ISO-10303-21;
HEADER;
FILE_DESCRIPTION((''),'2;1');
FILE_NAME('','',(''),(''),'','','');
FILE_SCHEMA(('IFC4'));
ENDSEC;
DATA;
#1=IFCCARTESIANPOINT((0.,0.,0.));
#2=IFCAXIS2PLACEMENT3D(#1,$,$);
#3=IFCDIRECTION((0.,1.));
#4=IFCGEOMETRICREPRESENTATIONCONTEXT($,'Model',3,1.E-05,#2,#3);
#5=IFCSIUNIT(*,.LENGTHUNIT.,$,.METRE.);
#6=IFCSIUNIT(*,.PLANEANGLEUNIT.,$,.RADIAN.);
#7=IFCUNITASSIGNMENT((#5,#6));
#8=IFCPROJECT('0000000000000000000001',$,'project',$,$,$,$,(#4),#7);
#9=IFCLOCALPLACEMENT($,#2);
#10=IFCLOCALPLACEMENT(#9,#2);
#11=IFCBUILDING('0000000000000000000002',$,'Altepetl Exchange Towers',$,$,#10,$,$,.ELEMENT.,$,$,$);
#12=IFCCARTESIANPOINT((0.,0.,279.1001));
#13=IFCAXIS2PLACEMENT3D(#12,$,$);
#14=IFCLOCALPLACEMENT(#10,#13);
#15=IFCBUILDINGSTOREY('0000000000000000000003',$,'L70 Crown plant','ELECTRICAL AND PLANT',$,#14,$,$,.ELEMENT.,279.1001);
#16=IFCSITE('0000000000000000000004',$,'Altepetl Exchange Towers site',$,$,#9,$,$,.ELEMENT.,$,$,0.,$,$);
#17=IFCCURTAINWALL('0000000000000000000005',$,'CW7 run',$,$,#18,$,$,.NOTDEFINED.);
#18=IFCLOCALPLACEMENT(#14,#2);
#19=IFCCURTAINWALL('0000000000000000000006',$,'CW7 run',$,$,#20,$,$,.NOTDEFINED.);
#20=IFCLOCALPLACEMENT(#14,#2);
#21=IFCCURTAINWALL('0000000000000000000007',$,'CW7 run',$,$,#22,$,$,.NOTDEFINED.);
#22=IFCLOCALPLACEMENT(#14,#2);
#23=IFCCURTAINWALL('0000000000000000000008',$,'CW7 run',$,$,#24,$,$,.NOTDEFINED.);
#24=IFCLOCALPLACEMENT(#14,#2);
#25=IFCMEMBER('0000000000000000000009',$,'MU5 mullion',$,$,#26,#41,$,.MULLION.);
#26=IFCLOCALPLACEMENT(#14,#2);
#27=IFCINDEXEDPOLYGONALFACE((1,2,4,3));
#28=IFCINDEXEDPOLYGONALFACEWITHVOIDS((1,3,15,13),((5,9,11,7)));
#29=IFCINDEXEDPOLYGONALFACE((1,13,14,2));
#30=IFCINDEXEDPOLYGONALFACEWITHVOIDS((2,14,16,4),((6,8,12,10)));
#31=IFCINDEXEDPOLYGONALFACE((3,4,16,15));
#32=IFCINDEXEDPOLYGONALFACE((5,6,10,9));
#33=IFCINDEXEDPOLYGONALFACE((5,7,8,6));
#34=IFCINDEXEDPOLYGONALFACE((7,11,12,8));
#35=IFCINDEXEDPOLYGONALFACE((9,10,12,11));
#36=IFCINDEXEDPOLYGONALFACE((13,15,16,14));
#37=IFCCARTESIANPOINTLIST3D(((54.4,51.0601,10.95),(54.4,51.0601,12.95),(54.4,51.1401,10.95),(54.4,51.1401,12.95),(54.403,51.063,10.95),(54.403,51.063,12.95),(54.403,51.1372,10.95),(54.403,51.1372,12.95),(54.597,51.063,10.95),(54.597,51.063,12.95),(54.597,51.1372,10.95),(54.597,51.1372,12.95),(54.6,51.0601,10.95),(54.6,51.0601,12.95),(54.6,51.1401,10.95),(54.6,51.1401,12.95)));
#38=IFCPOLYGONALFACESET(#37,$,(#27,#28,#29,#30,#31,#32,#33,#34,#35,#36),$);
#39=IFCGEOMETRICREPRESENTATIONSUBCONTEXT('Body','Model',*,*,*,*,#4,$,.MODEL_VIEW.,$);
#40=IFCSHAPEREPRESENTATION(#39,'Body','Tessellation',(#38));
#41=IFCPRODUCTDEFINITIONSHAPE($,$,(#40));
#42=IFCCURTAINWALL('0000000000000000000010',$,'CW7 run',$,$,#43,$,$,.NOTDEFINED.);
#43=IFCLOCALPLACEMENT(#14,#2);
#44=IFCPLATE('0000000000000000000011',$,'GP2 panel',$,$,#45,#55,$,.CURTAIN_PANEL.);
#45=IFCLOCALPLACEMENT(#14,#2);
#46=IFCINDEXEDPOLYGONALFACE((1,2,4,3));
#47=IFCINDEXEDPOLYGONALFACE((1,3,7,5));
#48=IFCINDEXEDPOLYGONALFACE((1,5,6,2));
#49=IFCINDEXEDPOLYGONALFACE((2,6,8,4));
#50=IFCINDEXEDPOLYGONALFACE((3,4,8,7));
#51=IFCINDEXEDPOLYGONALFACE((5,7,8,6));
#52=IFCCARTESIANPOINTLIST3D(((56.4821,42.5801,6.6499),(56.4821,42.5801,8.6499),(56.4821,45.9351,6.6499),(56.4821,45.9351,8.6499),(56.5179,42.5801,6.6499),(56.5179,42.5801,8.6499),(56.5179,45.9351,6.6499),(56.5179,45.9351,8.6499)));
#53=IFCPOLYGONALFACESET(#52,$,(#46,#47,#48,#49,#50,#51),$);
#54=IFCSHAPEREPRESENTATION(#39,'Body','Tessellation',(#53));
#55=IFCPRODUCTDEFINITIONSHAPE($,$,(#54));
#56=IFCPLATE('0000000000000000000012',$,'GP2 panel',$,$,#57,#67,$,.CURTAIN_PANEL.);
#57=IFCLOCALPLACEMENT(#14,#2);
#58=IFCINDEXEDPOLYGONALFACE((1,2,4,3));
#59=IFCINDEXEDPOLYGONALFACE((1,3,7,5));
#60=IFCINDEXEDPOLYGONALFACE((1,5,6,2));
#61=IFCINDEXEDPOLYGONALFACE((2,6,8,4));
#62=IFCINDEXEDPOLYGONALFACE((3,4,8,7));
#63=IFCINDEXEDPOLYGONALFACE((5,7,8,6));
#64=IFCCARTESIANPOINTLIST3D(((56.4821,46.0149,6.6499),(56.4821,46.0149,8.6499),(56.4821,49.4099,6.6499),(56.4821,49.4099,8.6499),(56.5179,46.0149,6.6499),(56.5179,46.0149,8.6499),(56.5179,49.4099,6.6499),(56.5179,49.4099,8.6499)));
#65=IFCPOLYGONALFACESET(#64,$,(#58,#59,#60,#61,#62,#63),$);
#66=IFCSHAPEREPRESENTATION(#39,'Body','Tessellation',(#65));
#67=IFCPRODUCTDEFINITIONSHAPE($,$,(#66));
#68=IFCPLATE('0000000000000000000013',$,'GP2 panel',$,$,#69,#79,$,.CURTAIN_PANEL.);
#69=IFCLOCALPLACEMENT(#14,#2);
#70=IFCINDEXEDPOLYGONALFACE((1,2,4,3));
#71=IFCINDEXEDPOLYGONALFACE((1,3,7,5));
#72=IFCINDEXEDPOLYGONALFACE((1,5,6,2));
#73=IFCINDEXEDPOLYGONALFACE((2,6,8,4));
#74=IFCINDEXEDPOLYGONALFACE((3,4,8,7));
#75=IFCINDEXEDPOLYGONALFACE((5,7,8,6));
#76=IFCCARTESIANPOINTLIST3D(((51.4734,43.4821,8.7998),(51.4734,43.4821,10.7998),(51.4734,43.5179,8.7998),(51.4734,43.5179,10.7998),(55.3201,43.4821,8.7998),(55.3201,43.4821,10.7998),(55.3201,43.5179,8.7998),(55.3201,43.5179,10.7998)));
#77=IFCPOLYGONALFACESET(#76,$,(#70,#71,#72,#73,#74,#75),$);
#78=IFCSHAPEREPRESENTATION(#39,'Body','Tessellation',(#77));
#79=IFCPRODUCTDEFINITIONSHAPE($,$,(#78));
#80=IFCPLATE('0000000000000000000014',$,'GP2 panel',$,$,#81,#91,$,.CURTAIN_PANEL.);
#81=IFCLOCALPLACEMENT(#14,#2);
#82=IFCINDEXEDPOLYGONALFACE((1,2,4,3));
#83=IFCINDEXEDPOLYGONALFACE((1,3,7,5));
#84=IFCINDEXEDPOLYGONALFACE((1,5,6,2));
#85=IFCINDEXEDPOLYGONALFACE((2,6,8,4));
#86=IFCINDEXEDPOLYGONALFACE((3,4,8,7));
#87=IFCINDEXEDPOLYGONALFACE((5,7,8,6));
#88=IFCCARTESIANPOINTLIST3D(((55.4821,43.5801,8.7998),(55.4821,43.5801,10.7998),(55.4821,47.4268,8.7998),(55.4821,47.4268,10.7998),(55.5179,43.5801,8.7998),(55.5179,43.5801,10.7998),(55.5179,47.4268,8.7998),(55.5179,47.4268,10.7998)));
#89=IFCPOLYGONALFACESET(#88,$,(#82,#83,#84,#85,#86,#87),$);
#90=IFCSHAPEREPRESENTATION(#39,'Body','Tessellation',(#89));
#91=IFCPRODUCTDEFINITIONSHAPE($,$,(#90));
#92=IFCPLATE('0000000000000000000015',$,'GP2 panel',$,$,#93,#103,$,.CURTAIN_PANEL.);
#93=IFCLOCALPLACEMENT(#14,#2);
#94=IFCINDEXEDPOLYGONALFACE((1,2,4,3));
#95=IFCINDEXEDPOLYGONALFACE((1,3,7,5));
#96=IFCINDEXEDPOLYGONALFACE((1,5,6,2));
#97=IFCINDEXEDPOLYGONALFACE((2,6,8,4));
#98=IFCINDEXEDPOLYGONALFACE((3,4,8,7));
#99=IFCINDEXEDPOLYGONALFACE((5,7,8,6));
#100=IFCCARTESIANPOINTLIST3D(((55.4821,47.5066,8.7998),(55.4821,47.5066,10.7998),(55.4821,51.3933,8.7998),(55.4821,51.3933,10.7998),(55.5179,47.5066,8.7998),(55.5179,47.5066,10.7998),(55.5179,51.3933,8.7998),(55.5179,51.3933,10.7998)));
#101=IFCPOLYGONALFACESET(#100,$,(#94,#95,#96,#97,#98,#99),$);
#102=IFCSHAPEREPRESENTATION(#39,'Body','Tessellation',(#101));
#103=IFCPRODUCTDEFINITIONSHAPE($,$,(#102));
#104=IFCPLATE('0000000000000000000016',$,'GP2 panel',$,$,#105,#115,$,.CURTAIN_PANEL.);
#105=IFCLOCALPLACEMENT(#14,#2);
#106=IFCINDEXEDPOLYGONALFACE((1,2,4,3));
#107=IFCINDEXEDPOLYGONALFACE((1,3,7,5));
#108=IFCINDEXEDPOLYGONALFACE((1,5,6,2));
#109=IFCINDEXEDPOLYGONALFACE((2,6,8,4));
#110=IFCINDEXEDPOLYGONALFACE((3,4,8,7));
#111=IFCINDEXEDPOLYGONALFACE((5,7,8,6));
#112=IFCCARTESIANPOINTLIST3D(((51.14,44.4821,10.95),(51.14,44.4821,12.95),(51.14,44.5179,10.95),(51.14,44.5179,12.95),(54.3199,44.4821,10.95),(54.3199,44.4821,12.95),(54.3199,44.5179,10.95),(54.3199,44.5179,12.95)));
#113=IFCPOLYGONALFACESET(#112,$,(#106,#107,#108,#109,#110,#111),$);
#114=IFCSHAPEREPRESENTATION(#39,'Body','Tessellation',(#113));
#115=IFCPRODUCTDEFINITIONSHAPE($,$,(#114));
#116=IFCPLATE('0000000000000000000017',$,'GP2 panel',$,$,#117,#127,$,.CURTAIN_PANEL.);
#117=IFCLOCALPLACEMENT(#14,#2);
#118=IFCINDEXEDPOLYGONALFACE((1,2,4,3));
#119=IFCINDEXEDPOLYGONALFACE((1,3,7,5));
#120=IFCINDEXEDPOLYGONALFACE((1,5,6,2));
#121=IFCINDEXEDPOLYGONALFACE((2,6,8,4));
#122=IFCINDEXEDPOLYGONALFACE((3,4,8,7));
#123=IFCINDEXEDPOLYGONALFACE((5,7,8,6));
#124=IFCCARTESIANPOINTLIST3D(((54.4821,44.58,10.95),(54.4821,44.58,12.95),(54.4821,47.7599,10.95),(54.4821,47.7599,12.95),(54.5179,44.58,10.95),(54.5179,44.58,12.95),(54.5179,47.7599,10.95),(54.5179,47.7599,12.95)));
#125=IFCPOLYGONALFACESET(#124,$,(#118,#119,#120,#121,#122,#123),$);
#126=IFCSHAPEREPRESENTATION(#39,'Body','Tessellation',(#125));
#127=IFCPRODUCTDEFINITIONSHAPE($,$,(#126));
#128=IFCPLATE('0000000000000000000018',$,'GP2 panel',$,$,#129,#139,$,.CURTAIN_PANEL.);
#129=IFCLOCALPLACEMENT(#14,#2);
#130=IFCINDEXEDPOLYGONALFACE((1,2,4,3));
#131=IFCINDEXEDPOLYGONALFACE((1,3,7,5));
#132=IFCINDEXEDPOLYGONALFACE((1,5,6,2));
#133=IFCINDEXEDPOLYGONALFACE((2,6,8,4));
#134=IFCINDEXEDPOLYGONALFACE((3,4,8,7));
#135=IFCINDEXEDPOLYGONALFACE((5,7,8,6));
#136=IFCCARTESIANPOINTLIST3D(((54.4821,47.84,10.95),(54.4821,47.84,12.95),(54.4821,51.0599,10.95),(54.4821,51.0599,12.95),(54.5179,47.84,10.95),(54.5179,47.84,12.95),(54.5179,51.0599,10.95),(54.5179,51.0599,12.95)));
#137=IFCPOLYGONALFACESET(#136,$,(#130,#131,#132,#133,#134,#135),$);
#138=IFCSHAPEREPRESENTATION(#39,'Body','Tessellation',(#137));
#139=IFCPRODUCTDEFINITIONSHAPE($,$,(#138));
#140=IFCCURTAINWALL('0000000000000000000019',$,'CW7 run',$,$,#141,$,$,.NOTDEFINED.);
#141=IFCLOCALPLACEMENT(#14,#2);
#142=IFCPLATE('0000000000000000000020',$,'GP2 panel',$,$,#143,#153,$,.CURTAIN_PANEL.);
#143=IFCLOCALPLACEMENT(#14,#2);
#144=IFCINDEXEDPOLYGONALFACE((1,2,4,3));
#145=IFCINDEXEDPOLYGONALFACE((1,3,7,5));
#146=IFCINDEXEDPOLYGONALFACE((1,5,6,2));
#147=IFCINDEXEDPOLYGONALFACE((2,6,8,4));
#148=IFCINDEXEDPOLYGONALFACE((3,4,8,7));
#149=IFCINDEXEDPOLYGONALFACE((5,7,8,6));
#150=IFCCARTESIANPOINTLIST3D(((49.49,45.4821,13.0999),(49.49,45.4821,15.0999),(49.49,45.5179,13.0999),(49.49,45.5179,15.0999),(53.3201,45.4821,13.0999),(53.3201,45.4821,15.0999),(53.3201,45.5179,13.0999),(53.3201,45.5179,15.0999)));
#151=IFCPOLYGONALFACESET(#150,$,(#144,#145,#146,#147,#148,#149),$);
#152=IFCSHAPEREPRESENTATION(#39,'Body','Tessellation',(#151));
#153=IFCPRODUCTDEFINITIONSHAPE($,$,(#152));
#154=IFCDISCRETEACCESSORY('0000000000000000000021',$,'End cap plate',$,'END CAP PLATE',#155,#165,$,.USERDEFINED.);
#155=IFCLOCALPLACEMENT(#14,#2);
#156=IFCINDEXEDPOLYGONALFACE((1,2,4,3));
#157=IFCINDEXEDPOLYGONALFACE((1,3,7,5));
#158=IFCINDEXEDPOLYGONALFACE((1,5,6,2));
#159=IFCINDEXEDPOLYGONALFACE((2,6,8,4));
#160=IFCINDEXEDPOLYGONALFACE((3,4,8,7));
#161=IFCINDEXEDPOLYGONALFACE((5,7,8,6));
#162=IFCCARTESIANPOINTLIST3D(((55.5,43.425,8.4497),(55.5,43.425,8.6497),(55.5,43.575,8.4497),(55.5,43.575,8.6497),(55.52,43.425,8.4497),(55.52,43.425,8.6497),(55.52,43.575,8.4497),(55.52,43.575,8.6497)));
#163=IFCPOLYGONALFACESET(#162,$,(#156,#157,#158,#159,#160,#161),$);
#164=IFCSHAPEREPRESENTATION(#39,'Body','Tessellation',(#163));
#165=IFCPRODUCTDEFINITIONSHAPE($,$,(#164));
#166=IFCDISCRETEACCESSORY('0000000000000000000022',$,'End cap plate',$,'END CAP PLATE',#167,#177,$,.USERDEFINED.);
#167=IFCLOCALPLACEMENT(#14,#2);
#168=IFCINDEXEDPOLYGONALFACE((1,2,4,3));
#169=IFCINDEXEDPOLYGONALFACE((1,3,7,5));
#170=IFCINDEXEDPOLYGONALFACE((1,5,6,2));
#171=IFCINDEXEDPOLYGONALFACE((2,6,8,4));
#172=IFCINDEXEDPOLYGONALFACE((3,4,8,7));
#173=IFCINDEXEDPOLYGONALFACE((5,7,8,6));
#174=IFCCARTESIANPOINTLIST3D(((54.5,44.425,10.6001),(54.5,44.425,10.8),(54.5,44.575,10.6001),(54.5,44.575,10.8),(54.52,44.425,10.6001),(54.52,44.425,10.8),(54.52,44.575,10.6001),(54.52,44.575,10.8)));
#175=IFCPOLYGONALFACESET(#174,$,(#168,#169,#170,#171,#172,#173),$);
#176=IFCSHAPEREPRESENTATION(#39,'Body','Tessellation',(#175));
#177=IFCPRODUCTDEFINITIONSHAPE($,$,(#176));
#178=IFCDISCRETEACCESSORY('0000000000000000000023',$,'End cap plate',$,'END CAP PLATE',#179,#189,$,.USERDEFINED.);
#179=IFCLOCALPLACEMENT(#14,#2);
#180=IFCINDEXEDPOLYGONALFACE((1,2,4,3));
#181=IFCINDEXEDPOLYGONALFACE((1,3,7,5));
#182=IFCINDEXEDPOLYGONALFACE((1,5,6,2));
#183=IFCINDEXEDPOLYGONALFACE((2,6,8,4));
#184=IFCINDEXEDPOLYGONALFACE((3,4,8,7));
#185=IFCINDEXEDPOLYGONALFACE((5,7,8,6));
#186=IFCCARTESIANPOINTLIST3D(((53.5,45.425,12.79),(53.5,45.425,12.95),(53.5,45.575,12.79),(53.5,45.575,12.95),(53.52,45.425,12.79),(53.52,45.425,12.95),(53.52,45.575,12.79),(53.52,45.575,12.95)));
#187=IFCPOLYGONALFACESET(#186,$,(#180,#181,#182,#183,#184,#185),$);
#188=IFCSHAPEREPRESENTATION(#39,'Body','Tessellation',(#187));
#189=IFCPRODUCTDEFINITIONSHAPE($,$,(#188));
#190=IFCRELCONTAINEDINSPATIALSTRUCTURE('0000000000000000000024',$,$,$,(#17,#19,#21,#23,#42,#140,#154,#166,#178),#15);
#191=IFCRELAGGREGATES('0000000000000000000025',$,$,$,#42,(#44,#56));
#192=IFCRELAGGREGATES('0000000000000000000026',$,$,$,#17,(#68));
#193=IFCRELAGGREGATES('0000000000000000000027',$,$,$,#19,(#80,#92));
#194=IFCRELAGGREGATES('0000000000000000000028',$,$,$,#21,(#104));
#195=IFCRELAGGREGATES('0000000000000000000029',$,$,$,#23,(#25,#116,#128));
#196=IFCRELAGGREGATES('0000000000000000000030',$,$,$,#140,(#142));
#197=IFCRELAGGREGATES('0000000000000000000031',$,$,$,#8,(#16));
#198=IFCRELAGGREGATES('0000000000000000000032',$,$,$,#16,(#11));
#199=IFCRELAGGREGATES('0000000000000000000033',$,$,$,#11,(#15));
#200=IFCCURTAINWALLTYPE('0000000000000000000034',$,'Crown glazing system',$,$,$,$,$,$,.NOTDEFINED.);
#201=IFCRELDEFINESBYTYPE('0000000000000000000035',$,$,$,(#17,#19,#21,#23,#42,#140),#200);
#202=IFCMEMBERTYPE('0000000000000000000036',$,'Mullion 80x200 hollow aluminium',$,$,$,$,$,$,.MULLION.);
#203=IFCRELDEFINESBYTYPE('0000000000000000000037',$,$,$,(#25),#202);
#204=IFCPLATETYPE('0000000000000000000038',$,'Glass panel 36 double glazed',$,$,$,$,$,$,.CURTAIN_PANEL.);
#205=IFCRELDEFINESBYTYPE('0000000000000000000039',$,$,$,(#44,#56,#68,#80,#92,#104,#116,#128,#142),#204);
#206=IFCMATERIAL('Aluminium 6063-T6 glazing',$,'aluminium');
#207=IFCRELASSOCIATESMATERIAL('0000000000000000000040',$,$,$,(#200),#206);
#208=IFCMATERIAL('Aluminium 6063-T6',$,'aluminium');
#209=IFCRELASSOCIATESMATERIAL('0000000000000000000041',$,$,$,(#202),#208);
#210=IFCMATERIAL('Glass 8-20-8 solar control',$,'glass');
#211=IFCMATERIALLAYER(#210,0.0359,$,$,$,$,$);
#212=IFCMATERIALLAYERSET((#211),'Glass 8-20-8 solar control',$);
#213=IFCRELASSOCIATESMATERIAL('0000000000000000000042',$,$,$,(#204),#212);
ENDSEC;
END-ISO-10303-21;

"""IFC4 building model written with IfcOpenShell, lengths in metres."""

from ifc_helpers import new_model, si_unit, direction, frame, origin, origin_2d, place, context, subcontext, project, spatial, rectangle, hollow_rectangle, extrude, material, layer, layer_set, material_profile, profile_set, type_object, element, aggregate, save


model = new_model("IFC4")

# Units and contexts
model_context = context("Model", 3, precision=1e-05, world=origin(), true_north=direction((0.0, 1.0)))
body_context = subcontext(model_context, "Body", "Model", "MODEL_VIEW")
ifc_project = project(units=[si_unit("LENGTHUNIT", "METRE"), si_unit("PLANEANGLEUNIT", "RADIAN")], contexts=[model_context])

# Site, building, storey
site_placement = place(None, origin())
site = spatial("IfcSite", under=ifc_project, at=site_placement, Name="Altepetl Exchange Towers site", CompositionType="ELEMENT", RefElevation=0.0)
building_placement = place(site_placement, origin())
building = spatial("IfcBuilding", under=site, at=building_placement, Name="Altepetl Exchange Towers", CompositionType="ELEMENT")
storey_placement = place(building_placement, frame((0.0, 0.0, 279.1001)))
storey = spatial("IfcBuildingStorey", under=building, at=storey_placement, Name="L70 Crown plant", Description="ELECTRICAL AND PLANT", CompositionType="ELEMENT", Elevation=279.1001)

# Curtain walls, member
ifc_material_1 = material(Name="Aluminium 6063-T6 glazing", Category="aluminium")
curtain_wall_type = type_object("IfcCurtainWallType", Name="Crown glazing system", PredefinedType="NOTDEFINED", material=ifc_material_1)
curtain_wall_1_placement = place(storey_placement, origin())
curtain_wall_1 = element("IfcCurtainWall", 1, at=curtain_wall_1_placement, inside=storey, type_object=curtain_wall_type, Name="CW7 run", PredefinedType="NOTDEFINED")
ifc_material_2 = material(Name="Aluminium 6063-T6", Category="aluminium")
ifc_material_profile_1 = material_profile(ifc_material_2, hollow_rectangle(XDim=0.0801, YDim=0.2, WallThickness=0.0029, at=origin_2d()), Name="Mullion 80x200 hollow aluminium")
ifc_profile_set_1 = profile_set([ifc_material_profile_1], Name="Aluminium 6063-T6")
member_type = type_object("IfcMemberType", Name="Mullion 80x200 hollow aluminium", PredefinedType="MULLION", material=ifc_profile_set_1)
curtain_wall_2_placement = place(storey_placement, origin())
curtain_wall_2 = element("IfcCurtainWall", 2, at=curtain_wall_2_placement, inside=storey, type_object=curtain_wall_type, Name="CW7 run", PredefinedType="NOTDEFINED")
curtain_wall_3_placement = place(storey_placement, origin())
curtain_wall_3 = element("IfcCurtainWall", 3, at=curtain_wall_3_placement, inside=storey, type_object=curtain_wall_type, Name="CW7 run", PredefinedType="NOTDEFINED")
curtain_wall_4_placement = place(storey_placement, origin())
curtain_wall_4 = element("IfcCurtainWall", 4, at=curtain_wall_4_placement, inside=storey, type_object=curtain_wall_type, Name="CW7 run", PredefinedType="NOTDEFINED")
member_1_placement = place(storey_placement, frame((54.5, 51.1001, 10.95), z_axis=(0.0, 0.0, 1.0), x_axis=(0.0, 1.0, 0.0)))
member_1 = element("IfcMember", 5, at=member_1_placement, type_object=member_type, Name="MU5 mullion", PredefinedType="MULLION", context=body_context, shape_type="SweptSolid", body=[
    extrude(hollow_rectangle(XDim=0.0801, YDim=0.2, WallThickness=0.0029, at=origin_2d()), origin(), (0.0, 0.0, 1.0), 2.0),
])

# Curtain wall, plates
curtain_wall_5_placement = place(storey_placement, origin())
curtain_wall_5 = element("IfcCurtainWall", 6, at=curtain_wall_5_placement, inside=storey, type_object=curtain_wall_type, Name="CW7 run", PredefinedType="NOTDEFINED")
ifc_material_3 = material(Name="Glass 8-20-8 solar control", Category="glass")
ifc_layer = layer(ifc_material_3, 0.0359)
ifc_layer_set = layer_set([ifc_layer], Name="Glass 8-20-8 solar control")
plate_type = type_object("IfcPlateType", Name="Glass panel 36 double glazed", PredefinedType="CURTAIN_PANEL", material=ifc_layer_set)
plate_1_placement = place(storey_placement, frame((56.5, 44.2576, 6.6499), z_axis=(0.0, 0.0, 1.0), x_axis=(0.0, 1.0, 0.0)))
plate_1 = element("IfcPlate", 7, at=plate_1_placement, type_object=plate_type, Name="GP2 panel", PredefinedType="CURTAIN_PANEL", context=body_context, shape_type="SweptSolid", body=[
    extrude(rectangle(XDim=3.355, YDim=0.0359, at=origin_2d()), origin(), (0.0, 0.0, 1.0), 2.0),
])
plate_2_placement = place(storey_placement, frame((56.5, 47.7124, 6.6499), z_axis=(0.0, 0.0, 1.0), x_axis=(0.0, 1.0, 0.0)))
plate_2 = element("IfcPlate", 8, at=plate_2_placement, type_object=plate_type, Name="GP2 panel", PredefinedType="CURTAIN_PANEL", context=body_context, shape_type="SweptSolid", body=[
    extrude(rectangle(XDim=3.395, YDim=0.0359, at=origin_2d()), origin(), (0.0, 0.0, 1.0), 2.0),
])
aggregate(curtain_wall_5, [plate_1, plate_2])

# Plates
plate_3_placement = place(storey_placement, frame((53.3967, 43.5, 8.7998)))
plate_3 = element("IfcPlate", 9, at=plate_3_placement, type_object=plate_type, Name="GP2 panel", PredefinedType="CURTAIN_PANEL", context=body_context, shape_type="SweptSolid", body=[
    extrude(rectangle(XDim=3.8467, YDim=0.0359, at=origin_2d()), origin(), (0.0, 0.0, 1.0), 2.0),
])
aggregate(curtain_wall_1, [plate_3])
plate_4_placement = place(storey_placement, frame((55.5, 45.5034, 8.7998), z_axis=(0.0, 0.0, 1.0), x_axis=(0.0, 1.0, 0.0)))
plate_4 = element("IfcPlate", 10, at=plate_4_placement, type_object=plate_type, Name="GP2 panel", PredefinedType="CURTAIN_PANEL", context=body_context, shape_type="SweptSolid", body=[
    extrude(rectangle(XDim=3.8467, YDim=0.0359, at=origin_2d()), origin(), (0.0, 0.0, 1.0), 2.0),
])
plate_5_placement = place(storey_placement, frame((55.5, 49.45, 8.7998), z_axis=(0.0, 0.0, 1.0), x_axis=(0.0, 1.0, 0.0)))
plate_5 = element("IfcPlate", 11, at=plate_5_placement, type_object=plate_type, Name="GP2 panel", PredefinedType="CURTAIN_PANEL", context=body_context, shape_type="SweptSolid", body=[
    extrude(rectangle(XDim=3.8867, YDim=0.0359, at=origin_2d()), origin(), (0.0, 0.0, 1.0), 2.0),
])
aggregate(curtain_wall_2, [plate_4, plate_5])
plate_6_placement = place(storey_placement, frame((52.73, 44.5, 10.95)))
plate_6 = element("IfcPlate", 12, at=plate_6_placement, type_object=plate_type, Name="GP2 panel", PredefinedType="CURTAIN_PANEL", context=body_context, shape_type="SweptSolid", body=[
    extrude(rectangle(XDim=3.1799, YDim=0.0359, at=origin_2d()), origin(), (0.0, 0.0, 1.0), 2.0),
])
aggregate(curtain_wall_3, [plate_6])
plate_7_placement = place(storey_placement, frame((54.5, 46.1699, 10.95), z_axis=(0.0, 0.0, 1.0), x_axis=(0.0, 1.0, 0.0)))
plate_7 = element("IfcPlate", 13, at=plate_7_placement, type_object=plate_type, Name="GP2 panel", PredefinedType="CURTAIN_PANEL", context=body_context, shape_type="SweptSolid", body=[
    extrude(rectangle(XDim=3.1799, YDim=0.0359, at=origin_2d()), origin(), (0.0, 0.0, 1.0), 2.0),
])
plate_8_placement = place(storey_placement, frame((54.5, 49.45, 10.95), z_axis=(0.0, 0.0, 1.0), x_axis=(0.0, 1.0, 0.0)))
plate_8 = element("IfcPlate", 14, at=plate_8_placement, type_object=plate_type, Name="GP2 panel", PredefinedType="CURTAIN_PANEL", context=body_context, shape_type="SweptSolid", body=[
    extrude(rectangle(XDim=3.22, YDim=0.0359, at=origin_2d()), origin(), (0.0, 0.0, 1.0), 2.0),
])
aggregate(curtain_wall_4, [member_1, plate_7, plate_8])

# Curtain wall, plate
curtain_wall_6_placement = place(storey_placement, origin())
curtain_wall_6 = element("IfcCurtainWall", 15, at=curtain_wall_6_placement, inside=storey, type_object=curtain_wall_type, Name="CW7 run", PredefinedType="NOTDEFINED")
plate_9_placement = place(storey_placement, frame((51.405, 45.5, 13.0999)))
plate_9 = element("IfcPlate", 16, at=plate_9_placement, type_object=plate_type, Name="GP2 panel", PredefinedType="CURTAIN_PANEL", context=body_context, shape_type="SweptSolid", body=[
    extrude(rectangle(XDim=3.8301, YDim=0.0359, at=origin_2d()), origin(), (0.0, 0.0, 1.0), 2.0),
])
aggregate(curtain_wall_6, [plate_9])

# Discrete accessories
for number, where, name in (
    (17, (55.51, 43.5, 8.4497), "End cap plate"),
    (18, (54.51, 44.5, 10.6001), "End cap plate"),
):
    element("IfcDiscreteAccessory", number, at=place(storey_placement, frame(where)), inside=storey, Name=name, ObjectType="END CAP PLATE", PredefinedType="USERDEFINED", context=body_context, shape_type="SweptSolid", body=[
        extrude(rectangle(XDim=0.02, YDim=0.1499, at=origin_2d()), origin(), (0.0, 0.0, 1.0), 0.2),
    ])
discrete_accessory_placement = place(storey_placement, frame((53.51, 45.5, 12.79)))
element("IfcDiscreteAccessory", 19, at=discrete_accessory_placement, inside=storey, Name="End cap plate", ObjectType="END CAP PLATE", PredefinedType="USERDEFINED", context=body_context, shape_type="SweptSolid", body=[
    extrude(rectangle(XDim=0.02, YDim=0.1499, at=origin_2d()), origin(), (0.0, 0.0, 1.0), 0.1599),
])

save(model, "model.ifc")
